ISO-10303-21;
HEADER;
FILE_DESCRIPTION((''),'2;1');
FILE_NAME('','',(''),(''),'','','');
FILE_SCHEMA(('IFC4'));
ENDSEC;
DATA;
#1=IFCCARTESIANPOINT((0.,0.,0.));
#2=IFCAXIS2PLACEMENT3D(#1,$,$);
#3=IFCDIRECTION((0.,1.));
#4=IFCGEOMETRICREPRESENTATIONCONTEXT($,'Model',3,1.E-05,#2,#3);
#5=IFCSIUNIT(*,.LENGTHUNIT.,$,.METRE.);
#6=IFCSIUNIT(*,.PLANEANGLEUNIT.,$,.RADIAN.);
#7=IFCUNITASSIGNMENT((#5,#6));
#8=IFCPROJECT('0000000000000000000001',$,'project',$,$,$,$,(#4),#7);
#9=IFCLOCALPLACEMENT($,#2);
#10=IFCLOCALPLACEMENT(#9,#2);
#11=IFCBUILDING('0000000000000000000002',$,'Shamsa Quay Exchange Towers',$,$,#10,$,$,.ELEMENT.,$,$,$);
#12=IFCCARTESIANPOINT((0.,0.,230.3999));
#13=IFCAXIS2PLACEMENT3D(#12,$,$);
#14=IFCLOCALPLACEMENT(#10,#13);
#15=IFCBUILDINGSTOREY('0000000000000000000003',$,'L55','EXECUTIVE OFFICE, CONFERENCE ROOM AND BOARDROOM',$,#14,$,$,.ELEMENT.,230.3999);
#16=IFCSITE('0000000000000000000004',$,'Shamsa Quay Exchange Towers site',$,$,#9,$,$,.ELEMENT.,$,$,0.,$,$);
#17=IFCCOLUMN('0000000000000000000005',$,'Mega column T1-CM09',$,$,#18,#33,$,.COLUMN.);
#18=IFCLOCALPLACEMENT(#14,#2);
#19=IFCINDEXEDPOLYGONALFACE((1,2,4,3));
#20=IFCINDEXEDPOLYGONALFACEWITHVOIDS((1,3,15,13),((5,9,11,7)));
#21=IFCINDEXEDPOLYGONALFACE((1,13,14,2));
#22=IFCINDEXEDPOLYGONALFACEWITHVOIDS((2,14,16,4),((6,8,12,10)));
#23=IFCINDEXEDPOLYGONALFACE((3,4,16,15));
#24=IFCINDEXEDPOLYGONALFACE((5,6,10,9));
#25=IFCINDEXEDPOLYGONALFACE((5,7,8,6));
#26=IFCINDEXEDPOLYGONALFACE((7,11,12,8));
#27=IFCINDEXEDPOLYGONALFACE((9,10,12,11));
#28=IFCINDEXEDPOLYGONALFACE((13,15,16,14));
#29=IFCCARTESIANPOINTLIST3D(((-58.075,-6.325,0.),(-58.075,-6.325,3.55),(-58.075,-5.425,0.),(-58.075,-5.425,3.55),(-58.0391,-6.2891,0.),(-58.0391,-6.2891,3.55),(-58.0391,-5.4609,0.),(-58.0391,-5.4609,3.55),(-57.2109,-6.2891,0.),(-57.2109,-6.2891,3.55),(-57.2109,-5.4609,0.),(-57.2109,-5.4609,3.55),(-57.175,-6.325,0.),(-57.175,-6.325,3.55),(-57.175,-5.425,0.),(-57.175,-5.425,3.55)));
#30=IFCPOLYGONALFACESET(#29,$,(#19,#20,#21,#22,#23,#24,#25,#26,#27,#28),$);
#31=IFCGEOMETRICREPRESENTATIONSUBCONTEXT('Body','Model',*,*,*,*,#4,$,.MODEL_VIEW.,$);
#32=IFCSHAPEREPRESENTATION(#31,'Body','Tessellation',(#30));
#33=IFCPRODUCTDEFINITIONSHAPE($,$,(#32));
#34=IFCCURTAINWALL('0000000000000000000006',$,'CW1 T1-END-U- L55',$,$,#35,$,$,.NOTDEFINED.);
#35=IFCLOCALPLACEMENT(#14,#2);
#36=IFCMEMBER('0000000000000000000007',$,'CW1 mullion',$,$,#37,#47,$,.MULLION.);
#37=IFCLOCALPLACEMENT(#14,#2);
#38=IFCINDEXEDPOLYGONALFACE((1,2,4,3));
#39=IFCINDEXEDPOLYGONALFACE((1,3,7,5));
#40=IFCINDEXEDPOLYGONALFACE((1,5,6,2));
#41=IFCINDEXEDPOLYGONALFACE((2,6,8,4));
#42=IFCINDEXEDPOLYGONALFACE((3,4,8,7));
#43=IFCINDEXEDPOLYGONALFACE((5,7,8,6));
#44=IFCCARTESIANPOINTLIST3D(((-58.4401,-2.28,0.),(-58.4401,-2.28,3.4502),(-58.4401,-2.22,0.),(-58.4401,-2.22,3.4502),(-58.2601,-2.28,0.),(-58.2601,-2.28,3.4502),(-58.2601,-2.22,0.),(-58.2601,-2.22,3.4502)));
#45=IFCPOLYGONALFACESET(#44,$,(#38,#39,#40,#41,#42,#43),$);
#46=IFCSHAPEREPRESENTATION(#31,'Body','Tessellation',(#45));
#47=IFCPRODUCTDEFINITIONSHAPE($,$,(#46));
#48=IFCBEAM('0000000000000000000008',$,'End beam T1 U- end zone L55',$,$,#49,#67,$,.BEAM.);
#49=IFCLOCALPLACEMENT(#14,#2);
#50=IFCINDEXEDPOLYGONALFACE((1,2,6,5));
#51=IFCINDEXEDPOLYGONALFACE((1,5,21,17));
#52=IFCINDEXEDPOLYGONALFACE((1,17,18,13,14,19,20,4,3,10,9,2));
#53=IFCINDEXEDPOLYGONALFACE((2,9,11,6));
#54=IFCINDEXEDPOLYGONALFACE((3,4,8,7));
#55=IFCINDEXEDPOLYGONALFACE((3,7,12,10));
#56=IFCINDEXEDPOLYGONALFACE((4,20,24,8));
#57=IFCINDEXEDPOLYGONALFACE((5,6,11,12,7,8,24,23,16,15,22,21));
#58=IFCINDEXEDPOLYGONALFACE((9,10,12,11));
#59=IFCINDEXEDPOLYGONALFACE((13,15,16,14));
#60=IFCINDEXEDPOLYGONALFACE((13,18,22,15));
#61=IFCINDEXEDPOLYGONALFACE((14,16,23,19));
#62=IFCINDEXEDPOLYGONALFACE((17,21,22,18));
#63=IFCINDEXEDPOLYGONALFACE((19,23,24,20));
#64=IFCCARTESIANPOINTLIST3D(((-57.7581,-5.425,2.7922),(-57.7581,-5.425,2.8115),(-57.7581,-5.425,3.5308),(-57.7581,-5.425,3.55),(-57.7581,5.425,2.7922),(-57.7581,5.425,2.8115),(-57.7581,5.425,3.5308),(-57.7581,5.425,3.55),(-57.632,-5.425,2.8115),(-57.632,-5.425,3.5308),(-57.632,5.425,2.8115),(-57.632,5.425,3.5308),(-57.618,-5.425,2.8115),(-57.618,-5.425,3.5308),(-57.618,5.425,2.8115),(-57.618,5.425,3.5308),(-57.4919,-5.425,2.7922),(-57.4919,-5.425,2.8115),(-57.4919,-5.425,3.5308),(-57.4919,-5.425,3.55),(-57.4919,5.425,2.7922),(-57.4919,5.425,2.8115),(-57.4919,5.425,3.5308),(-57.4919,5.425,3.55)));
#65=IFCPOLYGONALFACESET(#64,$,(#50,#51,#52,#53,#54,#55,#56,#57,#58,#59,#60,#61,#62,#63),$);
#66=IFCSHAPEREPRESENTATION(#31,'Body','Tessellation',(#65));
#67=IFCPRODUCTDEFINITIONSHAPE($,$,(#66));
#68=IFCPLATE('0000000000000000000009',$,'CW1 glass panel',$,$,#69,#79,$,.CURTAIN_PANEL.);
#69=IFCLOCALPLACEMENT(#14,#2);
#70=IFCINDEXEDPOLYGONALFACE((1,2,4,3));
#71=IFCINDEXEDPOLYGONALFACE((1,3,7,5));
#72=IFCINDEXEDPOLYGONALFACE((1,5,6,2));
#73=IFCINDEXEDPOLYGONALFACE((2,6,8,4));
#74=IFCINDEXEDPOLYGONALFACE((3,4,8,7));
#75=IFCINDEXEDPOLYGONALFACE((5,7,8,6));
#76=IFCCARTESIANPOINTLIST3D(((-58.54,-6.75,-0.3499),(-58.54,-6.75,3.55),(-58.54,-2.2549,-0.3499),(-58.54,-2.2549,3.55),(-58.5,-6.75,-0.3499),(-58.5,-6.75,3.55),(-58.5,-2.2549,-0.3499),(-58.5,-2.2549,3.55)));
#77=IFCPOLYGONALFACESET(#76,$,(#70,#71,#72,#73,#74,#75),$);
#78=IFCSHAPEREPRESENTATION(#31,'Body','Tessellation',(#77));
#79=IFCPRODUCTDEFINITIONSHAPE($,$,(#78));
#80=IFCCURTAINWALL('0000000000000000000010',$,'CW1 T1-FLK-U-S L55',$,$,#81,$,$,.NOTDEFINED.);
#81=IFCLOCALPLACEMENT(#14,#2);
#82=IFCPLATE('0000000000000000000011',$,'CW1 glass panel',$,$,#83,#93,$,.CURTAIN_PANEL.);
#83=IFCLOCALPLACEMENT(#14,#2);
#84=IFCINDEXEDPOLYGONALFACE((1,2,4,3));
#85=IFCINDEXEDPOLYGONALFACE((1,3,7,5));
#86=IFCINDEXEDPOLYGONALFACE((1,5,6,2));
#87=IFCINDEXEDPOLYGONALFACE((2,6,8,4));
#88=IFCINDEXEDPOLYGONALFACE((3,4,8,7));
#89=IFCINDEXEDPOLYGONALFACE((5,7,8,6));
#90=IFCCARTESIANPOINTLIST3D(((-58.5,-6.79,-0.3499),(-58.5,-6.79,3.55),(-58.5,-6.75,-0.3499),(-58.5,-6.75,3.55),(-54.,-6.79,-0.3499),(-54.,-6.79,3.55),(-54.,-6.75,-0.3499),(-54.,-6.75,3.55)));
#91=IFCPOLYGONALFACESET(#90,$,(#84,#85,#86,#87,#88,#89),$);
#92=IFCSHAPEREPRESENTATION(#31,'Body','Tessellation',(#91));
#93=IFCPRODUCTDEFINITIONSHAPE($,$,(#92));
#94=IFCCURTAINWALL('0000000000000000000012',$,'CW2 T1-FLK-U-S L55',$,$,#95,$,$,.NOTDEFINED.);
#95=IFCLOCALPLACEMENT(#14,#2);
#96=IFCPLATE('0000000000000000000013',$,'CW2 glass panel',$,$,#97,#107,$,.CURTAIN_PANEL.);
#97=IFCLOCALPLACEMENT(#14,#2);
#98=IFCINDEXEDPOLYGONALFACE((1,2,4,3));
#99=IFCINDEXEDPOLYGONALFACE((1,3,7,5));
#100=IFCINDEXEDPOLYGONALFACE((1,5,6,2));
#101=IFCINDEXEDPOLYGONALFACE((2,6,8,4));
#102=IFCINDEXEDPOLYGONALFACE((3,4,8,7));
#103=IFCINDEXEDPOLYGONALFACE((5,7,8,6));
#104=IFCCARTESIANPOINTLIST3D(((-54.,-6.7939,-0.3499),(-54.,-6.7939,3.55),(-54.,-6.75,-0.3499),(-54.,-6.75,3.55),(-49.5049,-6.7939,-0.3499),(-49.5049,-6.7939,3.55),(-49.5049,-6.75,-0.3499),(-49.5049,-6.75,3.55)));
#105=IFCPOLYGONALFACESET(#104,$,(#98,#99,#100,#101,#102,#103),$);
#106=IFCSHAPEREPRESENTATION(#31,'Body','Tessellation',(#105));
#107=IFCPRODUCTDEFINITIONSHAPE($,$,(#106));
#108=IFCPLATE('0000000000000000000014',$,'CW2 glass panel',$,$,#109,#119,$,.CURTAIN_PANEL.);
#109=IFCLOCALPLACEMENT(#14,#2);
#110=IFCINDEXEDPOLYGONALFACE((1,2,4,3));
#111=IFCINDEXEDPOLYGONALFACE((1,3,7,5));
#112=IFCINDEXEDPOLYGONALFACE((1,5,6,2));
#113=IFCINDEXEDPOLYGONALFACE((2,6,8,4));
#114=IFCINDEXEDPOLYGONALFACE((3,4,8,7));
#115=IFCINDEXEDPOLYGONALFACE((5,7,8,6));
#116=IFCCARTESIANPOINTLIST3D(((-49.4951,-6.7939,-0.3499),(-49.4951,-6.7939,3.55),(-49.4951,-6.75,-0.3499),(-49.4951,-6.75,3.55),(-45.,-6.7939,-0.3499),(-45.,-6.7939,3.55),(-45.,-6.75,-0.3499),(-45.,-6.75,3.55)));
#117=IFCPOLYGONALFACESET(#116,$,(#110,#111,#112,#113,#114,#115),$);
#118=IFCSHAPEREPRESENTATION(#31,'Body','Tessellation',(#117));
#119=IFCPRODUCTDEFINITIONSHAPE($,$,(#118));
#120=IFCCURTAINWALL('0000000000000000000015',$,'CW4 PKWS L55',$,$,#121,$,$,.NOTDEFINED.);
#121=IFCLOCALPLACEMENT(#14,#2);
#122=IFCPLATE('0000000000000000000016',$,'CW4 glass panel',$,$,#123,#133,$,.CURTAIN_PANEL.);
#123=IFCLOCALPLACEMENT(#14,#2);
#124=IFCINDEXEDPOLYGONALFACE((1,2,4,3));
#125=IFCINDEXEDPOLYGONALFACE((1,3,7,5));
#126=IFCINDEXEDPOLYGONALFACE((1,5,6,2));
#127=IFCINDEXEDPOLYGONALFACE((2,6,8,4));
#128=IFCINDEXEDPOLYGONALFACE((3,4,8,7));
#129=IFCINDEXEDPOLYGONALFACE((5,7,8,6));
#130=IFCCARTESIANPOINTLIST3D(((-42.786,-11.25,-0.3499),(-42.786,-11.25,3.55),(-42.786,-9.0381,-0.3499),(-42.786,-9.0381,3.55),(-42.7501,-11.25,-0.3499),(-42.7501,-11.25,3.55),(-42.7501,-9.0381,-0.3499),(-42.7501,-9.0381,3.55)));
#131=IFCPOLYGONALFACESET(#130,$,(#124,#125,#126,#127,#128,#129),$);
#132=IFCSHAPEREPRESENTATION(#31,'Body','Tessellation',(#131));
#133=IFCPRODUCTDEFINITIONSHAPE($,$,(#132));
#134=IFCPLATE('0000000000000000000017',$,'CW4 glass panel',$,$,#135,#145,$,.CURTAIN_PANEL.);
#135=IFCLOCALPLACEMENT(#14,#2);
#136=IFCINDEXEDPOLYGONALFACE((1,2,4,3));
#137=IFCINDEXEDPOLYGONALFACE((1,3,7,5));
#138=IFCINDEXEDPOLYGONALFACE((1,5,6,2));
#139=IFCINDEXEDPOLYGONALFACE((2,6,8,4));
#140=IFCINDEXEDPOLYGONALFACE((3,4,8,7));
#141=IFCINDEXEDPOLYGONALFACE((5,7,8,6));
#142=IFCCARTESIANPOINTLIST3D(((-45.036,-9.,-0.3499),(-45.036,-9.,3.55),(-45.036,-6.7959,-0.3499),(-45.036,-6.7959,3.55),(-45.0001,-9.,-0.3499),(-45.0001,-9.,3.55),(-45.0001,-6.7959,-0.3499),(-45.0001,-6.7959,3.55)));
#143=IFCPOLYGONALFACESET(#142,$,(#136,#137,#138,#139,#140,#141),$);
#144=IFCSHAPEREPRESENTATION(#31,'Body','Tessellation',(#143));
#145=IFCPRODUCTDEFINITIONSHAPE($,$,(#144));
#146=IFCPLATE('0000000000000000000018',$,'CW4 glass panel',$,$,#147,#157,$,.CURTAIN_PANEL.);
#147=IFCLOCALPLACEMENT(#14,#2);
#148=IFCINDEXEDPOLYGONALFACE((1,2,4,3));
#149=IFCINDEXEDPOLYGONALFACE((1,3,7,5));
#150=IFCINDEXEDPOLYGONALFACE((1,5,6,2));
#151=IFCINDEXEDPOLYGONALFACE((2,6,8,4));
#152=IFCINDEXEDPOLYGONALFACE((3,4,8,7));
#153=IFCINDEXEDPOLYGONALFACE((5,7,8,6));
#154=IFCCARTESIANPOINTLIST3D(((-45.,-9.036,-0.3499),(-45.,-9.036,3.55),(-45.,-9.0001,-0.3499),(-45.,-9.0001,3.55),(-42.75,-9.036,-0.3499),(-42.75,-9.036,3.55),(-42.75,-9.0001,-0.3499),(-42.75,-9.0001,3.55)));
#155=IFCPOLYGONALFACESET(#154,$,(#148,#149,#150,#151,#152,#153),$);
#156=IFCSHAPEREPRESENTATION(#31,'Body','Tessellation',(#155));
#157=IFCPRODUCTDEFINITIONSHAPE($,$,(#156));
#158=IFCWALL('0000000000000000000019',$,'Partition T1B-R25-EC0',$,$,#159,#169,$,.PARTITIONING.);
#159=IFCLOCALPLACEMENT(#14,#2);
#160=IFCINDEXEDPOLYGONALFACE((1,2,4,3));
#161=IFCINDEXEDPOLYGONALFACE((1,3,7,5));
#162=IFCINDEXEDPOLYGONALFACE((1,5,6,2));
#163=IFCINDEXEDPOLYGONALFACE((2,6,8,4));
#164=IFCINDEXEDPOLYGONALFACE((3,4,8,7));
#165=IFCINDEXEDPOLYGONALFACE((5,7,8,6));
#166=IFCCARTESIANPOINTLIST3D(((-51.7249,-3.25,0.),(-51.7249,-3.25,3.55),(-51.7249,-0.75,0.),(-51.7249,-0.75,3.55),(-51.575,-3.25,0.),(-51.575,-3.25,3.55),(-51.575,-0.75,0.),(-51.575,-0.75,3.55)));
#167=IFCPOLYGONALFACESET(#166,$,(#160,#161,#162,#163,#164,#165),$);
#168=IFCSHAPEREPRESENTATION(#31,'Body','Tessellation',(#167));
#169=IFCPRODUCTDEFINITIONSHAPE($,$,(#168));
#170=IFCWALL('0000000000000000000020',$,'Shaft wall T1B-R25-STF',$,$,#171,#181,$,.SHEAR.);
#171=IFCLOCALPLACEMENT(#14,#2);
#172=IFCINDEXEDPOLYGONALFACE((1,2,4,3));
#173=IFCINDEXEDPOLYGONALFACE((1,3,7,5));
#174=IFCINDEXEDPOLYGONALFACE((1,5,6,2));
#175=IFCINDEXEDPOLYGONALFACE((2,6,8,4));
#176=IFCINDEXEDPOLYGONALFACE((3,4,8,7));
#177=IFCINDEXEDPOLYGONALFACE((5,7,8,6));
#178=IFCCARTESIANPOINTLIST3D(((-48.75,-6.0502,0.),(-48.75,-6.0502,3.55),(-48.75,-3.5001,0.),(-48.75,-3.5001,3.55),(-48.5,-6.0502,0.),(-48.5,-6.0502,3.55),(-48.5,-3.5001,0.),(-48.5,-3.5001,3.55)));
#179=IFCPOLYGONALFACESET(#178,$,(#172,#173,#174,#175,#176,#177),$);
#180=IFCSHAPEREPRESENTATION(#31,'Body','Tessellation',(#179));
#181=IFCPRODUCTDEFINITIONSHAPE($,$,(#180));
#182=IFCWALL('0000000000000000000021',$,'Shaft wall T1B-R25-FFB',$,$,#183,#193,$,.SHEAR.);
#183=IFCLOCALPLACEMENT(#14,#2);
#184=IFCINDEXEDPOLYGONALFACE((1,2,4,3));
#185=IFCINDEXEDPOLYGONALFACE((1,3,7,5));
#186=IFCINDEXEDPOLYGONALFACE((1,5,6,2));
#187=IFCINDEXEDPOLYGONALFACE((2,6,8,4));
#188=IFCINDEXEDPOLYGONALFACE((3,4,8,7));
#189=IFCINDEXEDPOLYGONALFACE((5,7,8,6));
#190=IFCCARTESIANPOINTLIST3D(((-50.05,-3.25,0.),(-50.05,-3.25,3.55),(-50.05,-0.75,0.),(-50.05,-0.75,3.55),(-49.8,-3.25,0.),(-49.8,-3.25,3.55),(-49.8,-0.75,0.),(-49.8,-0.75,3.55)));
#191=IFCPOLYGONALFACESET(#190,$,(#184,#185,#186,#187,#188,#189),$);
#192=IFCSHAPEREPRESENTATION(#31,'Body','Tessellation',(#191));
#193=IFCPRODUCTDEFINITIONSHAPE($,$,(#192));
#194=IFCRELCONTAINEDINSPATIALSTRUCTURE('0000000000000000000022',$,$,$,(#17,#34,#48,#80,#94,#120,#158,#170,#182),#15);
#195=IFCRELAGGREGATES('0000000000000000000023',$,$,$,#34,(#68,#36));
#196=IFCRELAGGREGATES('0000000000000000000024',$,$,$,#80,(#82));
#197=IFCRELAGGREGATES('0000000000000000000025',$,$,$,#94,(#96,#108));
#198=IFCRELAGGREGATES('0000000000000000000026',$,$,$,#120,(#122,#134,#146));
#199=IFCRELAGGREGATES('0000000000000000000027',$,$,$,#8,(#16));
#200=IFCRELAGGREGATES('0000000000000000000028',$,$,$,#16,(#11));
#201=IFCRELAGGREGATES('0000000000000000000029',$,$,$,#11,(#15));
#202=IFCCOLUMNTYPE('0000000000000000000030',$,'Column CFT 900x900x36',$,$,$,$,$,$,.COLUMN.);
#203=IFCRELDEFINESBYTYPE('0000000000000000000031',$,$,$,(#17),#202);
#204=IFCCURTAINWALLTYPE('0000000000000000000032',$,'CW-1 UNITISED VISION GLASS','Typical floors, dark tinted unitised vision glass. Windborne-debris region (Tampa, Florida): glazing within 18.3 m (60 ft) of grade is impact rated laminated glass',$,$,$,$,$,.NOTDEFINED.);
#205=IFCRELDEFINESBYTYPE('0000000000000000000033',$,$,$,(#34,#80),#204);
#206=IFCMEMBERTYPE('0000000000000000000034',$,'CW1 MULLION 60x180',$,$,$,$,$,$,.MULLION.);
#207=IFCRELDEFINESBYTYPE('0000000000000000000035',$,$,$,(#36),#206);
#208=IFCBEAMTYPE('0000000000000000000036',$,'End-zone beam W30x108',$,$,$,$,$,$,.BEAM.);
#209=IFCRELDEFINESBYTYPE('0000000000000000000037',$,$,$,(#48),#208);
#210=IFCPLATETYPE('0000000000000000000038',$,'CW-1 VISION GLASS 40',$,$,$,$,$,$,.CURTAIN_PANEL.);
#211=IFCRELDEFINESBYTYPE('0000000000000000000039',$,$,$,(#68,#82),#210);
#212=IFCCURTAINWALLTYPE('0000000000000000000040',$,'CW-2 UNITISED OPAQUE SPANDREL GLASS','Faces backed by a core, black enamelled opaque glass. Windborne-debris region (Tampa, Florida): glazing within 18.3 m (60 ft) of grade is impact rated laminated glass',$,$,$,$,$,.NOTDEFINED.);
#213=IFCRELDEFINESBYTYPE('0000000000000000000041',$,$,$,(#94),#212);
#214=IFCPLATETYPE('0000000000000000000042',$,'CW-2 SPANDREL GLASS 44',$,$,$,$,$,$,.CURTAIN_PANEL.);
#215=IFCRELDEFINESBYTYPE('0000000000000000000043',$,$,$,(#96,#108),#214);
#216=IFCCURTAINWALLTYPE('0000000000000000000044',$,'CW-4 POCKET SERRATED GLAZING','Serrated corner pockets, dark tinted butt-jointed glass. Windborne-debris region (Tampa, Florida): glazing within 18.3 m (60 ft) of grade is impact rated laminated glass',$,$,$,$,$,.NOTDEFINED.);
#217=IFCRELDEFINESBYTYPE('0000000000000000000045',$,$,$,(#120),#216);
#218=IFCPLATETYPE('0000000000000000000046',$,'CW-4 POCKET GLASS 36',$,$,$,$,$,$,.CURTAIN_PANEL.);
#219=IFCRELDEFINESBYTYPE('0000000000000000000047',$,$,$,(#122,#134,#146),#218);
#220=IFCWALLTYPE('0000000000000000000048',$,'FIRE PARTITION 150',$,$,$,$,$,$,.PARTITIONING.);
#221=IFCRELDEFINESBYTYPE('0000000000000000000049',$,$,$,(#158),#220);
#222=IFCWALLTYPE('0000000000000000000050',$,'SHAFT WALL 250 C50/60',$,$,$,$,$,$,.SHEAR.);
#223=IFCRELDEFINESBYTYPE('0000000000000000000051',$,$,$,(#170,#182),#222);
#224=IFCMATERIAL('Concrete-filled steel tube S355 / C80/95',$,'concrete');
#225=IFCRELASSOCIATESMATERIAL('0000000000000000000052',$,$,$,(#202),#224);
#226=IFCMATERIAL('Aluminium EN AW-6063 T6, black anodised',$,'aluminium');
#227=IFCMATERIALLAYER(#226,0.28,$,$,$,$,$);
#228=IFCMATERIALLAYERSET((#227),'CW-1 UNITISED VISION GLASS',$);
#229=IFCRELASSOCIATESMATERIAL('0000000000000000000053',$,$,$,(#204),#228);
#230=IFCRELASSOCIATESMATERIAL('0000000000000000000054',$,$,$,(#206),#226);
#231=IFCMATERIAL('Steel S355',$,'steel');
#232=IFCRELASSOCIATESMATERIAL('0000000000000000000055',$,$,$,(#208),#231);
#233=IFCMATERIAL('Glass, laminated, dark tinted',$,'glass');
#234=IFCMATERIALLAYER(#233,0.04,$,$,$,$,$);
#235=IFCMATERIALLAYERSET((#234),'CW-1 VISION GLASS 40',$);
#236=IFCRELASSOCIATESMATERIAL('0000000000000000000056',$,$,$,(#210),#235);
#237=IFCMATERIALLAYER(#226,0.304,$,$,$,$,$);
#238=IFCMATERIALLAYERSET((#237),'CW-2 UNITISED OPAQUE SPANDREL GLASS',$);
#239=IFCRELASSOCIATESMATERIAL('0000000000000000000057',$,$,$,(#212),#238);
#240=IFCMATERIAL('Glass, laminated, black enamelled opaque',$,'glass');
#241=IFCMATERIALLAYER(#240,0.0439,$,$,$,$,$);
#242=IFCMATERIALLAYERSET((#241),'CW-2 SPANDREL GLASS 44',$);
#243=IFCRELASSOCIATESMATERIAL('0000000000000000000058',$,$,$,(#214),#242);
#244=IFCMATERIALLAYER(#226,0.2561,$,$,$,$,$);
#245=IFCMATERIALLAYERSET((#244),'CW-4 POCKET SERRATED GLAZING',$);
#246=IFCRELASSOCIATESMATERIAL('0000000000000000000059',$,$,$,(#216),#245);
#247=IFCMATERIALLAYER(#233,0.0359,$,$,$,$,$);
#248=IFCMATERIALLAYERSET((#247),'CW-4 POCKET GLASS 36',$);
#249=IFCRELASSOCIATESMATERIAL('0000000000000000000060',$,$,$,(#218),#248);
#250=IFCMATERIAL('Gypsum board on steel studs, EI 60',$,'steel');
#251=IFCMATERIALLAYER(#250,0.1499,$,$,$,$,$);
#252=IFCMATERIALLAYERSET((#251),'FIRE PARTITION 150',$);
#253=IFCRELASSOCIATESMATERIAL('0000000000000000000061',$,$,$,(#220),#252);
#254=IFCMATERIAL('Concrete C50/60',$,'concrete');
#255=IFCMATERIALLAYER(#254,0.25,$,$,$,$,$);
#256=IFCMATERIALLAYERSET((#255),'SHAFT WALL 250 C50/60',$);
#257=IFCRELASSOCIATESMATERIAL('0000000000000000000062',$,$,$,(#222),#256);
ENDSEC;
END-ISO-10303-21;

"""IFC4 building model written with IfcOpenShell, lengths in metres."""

from ifc_helpers import new_model, si_unit, direction, frame, frame_2d, origin, origin_2d, place, context, subcontext, project, spatial, rectangle, hollow_rectangle, i_section, extrude, material, layer, layer_set, material_profile, profile_set, type_object, element, aggregate, save


model = new_model("IFC4")

# Units and contexts
model_context = context("Model", 3, precision=1e-05, world=origin(), true_north=direction((0.0, 1.0)))
body_context = subcontext(model_context, "Body", "Model", "MODEL_VIEW")
ifc_project = project(units=[si_unit("LENGTHUNIT", "METRE"), si_unit("PLANEANGLEUNIT", "RADIAN")], contexts=[model_context])

# Site, building, storey
site_placement = place(None, origin())
site = spatial("IfcSite", under=ifc_project, at=site_placement, Name="Shamsa Quay Exchange Towers site", CompositionType="ELEMENT", RefElevation=0.0)
building_placement = place(site_placement, origin())
building = spatial("IfcBuilding", under=site, at=building_placement, Name="Shamsa Quay Exchange Towers", CompositionType="ELEMENT")
storey_placement = place(building_placement, frame((0.0, 0.0, 230.3999)))
storey = spatial("IfcBuildingStorey", under=building, at=storey_placement, Name="L55", Description="EXECUTIVE OFFICE, CONFERENCE ROOM AND BOARDROOM", CompositionType="ELEMENT", Elevation=230.3999)

# Column
ifc_material_1 = material(Name="Concrete-filled steel tube S355 / C80/95", Category="concrete")
ifc_material_profile_1 = material_profile(ifc_material_1, hollow_rectangle(XDim=0.8999, YDim=0.8999, WallThickness=0.0359, at=origin_2d()), Name="CFT 900x900x36")
ifc_profile_set_1 = profile_set([ifc_material_profile_1], Name="Concrete-filled steel tube S355 / C80/95")
column_type = type_object("IfcColumnType", Name="Column CFT 900x900x36", PredefinedType="COLUMN", material=ifc_profile_set_1)
column_placement = place(storey_placement, frame((-57.625, -5.875, 0.0)))
element("IfcColumn", 1, at=column_placement, inside=storey, type_object=column_type, Name="Mega column T1-CM09", PredefinedType="COLUMN", context=body_context, shape_type="SweptSolid", body=[
    extrude(hollow_rectangle(XDim=0.8999, YDim=0.8999, WallThickness=0.0359, at=origin_2d()), origin(), (0.0, 0.0, 1.0), 3.55),
])

# Curtain wall, member
ifc_material_2 = material(Name="Aluminium EN AW-6063 T6, black anodised", Category="aluminium")
ifc_layer_1 = layer(ifc_material_2, 0.28)
ifc_layer_set_1 = layer_set([ifc_layer_1], Name="CW-1 UNITISED VISION GLASS")
curtain_wall_type_1 = type_object("IfcCurtainWallType", Name="CW-1 UNITISED VISION GLASS", Description="Typical floors, dark tinted unitised vision glass. Windborne-debris region (Tampa, Florida): glazing within 18.3 m (60 ft) of grade is impact rated laminated glass", PredefinedType="NOTDEFINED", material=ifc_layer_set_1)
curtain_wall_1_placement = place(storey_placement, origin())
curtain_wall_1 = element("IfcCurtainWall", 2, at=curtain_wall_1_placement, inside=storey, type_object=curtain_wall_type_1, Name="CW1 T1-END-U- L55", PredefinedType="NOTDEFINED")
ifc_material_profile_2 = material_profile(ifc_material_2, rectangle(XDim=0.1799, YDim=0.0601, at=origin_2d()), Name="MU60x180")
ifc_profile_set_2 = profile_set([ifc_material_profile_2], Name="Aluminium EN AW-6063 T6, black anodised")
member_type = type_object("IfcMemberType", Name="CW1 MULLION 60x180", PredefinedType="MULLION", material=ifc_profile_set_2)
member_placement = place(storey_placement, frame((-58.3501, -2.25, 0.0)))
member = element("IfcMember", 3, at=member_placement, type_object=member_type, Name="CW1 mullion", PredefinedType="MULLION", context=body_context, shape_type="SweptSolid", body=[
    extrude(rectangle(XDim=0.1799, YDim=0.0601, at=origin_2d()), origin(), (0.0, 0.0, 1.0), 3.4502),
])

# Beam
ifc_material_3 = material(Name="Steel S355", Category="steel")
ifc_material_profile_3 = material_profile(ifc_material_3, i_section(OverallWidth=0.2661, OverallDepth=0.7578, WebThickness=0.0139, FlangeThickness=0.0193, at=origin_2d()), Name="W30x108")
ifc_profile_set_3 = profile_set([ifc_material_profile_3], Name="Steel S355")
beam_type = type_object("IfcBeamType", Name="End-zone beam W30x108", PredefinedType="BEAM", material=ifc_profile_set_3)
beam_placement = place(storey_placement, frame((-57.625, -5.425, 3.1711), z_axis=(0.0, 1.0, 0.0), x_axis=(-1.0, 0.0, 0.0)))
element("IfcBeam", 4, at=beam_placement, inside=storey, type_object=beam_type, Name="End beam T1 U- end zone L55", PredefinedType="BEAM", context=body_context, shape_type="SweptSolid", body=[
    extrude(i_section(OverallWidth=0.2661, OverallDepth=0.7578, WebThickness=0.0139, FlangeThickness=0.0193, at=origin_2d()), origin(), (0.0, 0.0, 1.0), 10.8501),
])

# Plate
ifc_material_4 = material(Name="Glass, laminated, dark tinted", Category="glass")
ifc_layer_2 = layer(ifc_material_4, 0.04)
ifc_layer_set_2 = layer_set([ifc_layer_2], Name="CW-1 VISION GLASS 40")
plate_type_1 = type_object("IfcPlateType", Name="CW-1 VISION GLASS 40", PredefinedType="CURTAIN_PANEL", material=ifc_layer_set_2)
plate_1_placement = place(storey_placement, frame((-58.52, -4.5024, -0.3499), z_axis=(0.0, 0.0, 1.0), x_axis=(0.0, -1.0, 0.0)))
plate_1 = element("IfcPlate", 5, at=plate_1_placement, type_object=plate_type_1, Name="CW1 glass panel", PredefinedType="CURTAIN_PANEL", context=body_context, shape_type="SweptSolid", body=[
    extrude(rectangle(XDim=4.4951, YDim=0.04, at=origin_2d()), origin(), (0.0, 0.0, 1.0), 3.8999),
])
aggregate(curtain_wall_1, [plate_1, member])

# Curtain wall, plate
curtain_wall_2_placement = place(storey_placement, origin())
curtain_wall_2 = element("IfcCurtainWall", 6, at=curtain_wall_2_placement, inside=storey, type_object=curtain_wall_type_1, Name="CW1 T1-FLK-U-S L55", PredefinedType="NOTDEFINED")
plate_2_placement = place(storey_placement, frame((-56.25, -6.77, -0.3499)))
plate_2 = element("IfcPlate", 7, at=plate_2_placement, type_object=plate_type_1, Name="CW1 glass panel", PredefinedType="CURTAIN_PANEL", context=body_context, shape_type="SweptSolid", body=[
    extrude(rectangle(XDim=4.5, YDim=0.04, at=origin_2d()), origin(), (0.0, 0.0, 1.0), 3.8999),
])
aggregate(curtain_wall_2, [plate_2])

# Curtain walls, plates
ifc_layer_3 = layer(ifc_material_2, 0.304)
ifc_layer_set_3 = layer_set([ifc_layer_3], Name="CW-2 UNITISED OPAQUE SPANDREL GLASS")
curtain_wall_type_2 = type_object("IfcCurtainWallType", Name="CW-2 UNITISED OPAQUE SPANDREL GLASS", Description="Faces backed by a core, black enamelled opaque glass. Windborne-debris region (Tampa, Florida): glazing within 18.3 m (60 ft) of grade is impact rated laminated glass", PredefinedType="NOTDEFINED", material=ifc_layer_set_3)
curtain_wall_3_placement = place(storey_placement, origin())
curtain_wall_3 = element("IfcCurtainWall", 8, at=curtain_wall_3_placement, inside=storey, type_object=curtain_wall_type_2, Name="CW2 T1-FLK-U-S L55", PredefinedType="NOTDEFINED")
ifc_material_5 = material(Name="Glass, laminated, black enamelled opaque", Category="glass")
ifc_layer_4 = layer(ifc_material_5, 0.0439)
ifc_layer_set_4 = layer_set([ifc_layer_4], Name="CW-2 SPANDREL GLASS 44")
plate_type_2 = type_object("IfcPlateType", Name="CW-2 SPANDREL GLASS 44", PredefinedType="CURTAIN_PANEL", material=ifc_layer_set_4)
plate_3_placement = place(storey_placement, frame((-51.7524, -6.772, -0.3499)))
plate_3 = element("IfcPlate", 9, at=plate_3_placement, type_object=plate_type_2, Name="CW2 glass panel", PredefinedType="CURTAIN_PANEL", context=body_context, shape_type="SweptSolid", body=[
    extrude(rectangle(XDim=4.4951, YDim=0.0439, at=origin_2d()), origin(), (0.0, 0.0, 1.0), 3.8999),
])
plate_4_placement = place(storey_placement, frame((-47.2476, -6.772, -0.3499)))
plate_4 = element("IfcPlate", 10, at=plate_4_placement, type_object=plate_type_2, Name="CW2 glass panel", PredefinedType="CURTAIN_PANEL", context=body_context, shape_type="SweptSolid", body=[
    extrude(rectangle(XDim=4.4951, YDim=0.0439, at=origin_2d()), origin(), (0.0, 0.0, 1.0), 3.8999),
])
aggregate(curtain_wall_3, [plate_3, plate_4])
ifc_layer_5 = layer(ifc_material_2, 0.2561)
ifc_layer_set_5 = layer_set([ifc_layer_5], Name="CW-4 POCKET SERRATED GLAZING")
curtain_wall_type_3 = type_object("IfcCurtainWallType", Name="CW-4 POCKET SERRATED GLAZING", Description="Serrated corner pockets, dark tinted butt-jointed glass. Windborne-debris region (Tampa, Florida): glazing within 18.3 m (60 ft) of grade is impact rated laminated glass", PredefinedType="NOTDEFINED", material=ifc_layer_set_5)
curtain_wall_4_placement = place(storey_placement, origin())
curtain_wall_4 = element("IfcCurtainWall", 11, at=curtain_wall_4_placement, inside=storey, type_object=curtain_wall_type_3, Name="CW4 PKWS L55", PredefinedType="NOTDEFINED")
ifc_layer_6 = layer(ifc_material_4, 0.0359)
ifc_layer_set_6 = layer_set([ifc_layer_6], Name="CW-4 POCKET GLASS 36")
plate_type_3 = type_object("IfcPlateType", Name="CW-4 POCKET GLASS 36", PredefinedType="CURTAIN_PANEL", material=ifc_layer_set_6)
plate_5_placement = place(storey_placement, frame((-42.7681, -10.144, -0.3499), z_axis=(0.0, 0.0, 1.0), x_axis=(0.0, -1.0, 0.0)))
plate_5 = element("IfcPlate", 12, at=plate_5_placement, type_object=plate_type_3, Name="CW4 glass panel", PredefinedType="CURTAIN_PANEL", context=body_context, shape_type="SweptSolid", body=[
    extrude(rectangle(XDim=2.2119, YDim=0.0359, at=origin_2d()), origin(), (0.0, 0.0, 1.0), 3.8999),
])
plate_6_placement = place(storey_placement, frame((-45.0181, -7.8979, -0.3499), z_axis=(0.0, 0.0, 1.0), x_axis=(0.0, -1.0, 0.0)))
plate_6 = element("IfcPlate", 13, at=plate_6_placement, type_object=plate_type_3, Name="CW4 glass panel", PredefinedType="CURTAIN_PANEL", context=body_context, shape_type="SweptSolid", body=[
    extrude(rectangle(XDim=2.2041, YDim=0.0359, at=origin_2d()), origin(), (0.0, 0.0, 1.0), 3.8999),
])
plate_7_placement = place(storey_placement, frame((-43.875, -9.0181, -0.3499)))
plate_7 = element("IfcPlate", 14, at=plate_7_placement, type_object=plate_type_3, Name="CW4 glass panel", PredefinedType="CURTAIN_PANEL", context=body_context, shape_type="SweptSolid", body=[
    extrude(rectangle(XDim=2.25, YDim=0.0359, at=origin_2d()), origin(), (0.0, 0.0, 1.0), 3.8999),
])
aggregate(curtain_wall_4, [plate_5, plate_6, plate_7])

# Walls
ifc_material_6 = material(Name="Gypsum board on steel studs, EI 60", Category="steel")
ifc_layer_7 = layer(ifc_material_6, 0.1499)
ifc_layer_set_7 = layer_set([ifc_layer_7], Name="FIRE PARTITION 150")
wall_type_1 = type_object("IfcWallType", Name="FIRE PARTITION 150", PredefinedType="PARTITIONING", material=ifc_layer_set_7)
wall_1_placement = place(storey_placement, frame((-51.6499, -3.25, 0.0), z_axis=(0.0, 0.0, 1.0), x_axis=(0.0, 1.0, 0.0)))
element("IfcWall", 15, at=wall_1_placement, inside=storey, type_object=wall_type_1, Name="Partition T1B-R25-EC0", PredefinedType="PARTITIONING", context=body_context, shape_type="SweptSolid", body=[
    extrude(rectangle(XDim=2.5, YDim=0.1499, at=frame_2d((1.25, 0.0))), origin(), (0.0, 0.0, 1.0), 3.55),
])
ifc_material_7 = material(Name="Concrete C50/60", Category="concrete")
ifc_layer_8 = layer(ifc_material_7, 0.25)
ifc_layer_set_8 = layer_set([ifc_layer_8], Name="SHAFT WALL 250 C50/60")
wall_type_2 = type_object("IfcWallType", Name="SHAFT WALL 250 C50/60", PredefinedType="SHEAR", material=ifc_layer_set_8)
wall_2_placement = place(storey_placement, frame((-48.625, -6.05, 0.0), z_axis=(0.0, 0.0, 1.0), x_axis=(0.0, 1.0, 0.0)))
element("IfcWall", 16, at=wall_2_placement, inside=storey, type_object=wall_type_2, Name="Shaft wall T1B-R25-STF", PredefinedType="SHEAR", context=body_context, shape_type="SweptSolid", body=[
    extrude(rectangle(XDim=2.55, YDim=0.25, at=frame_2d((1.2749, 0.0))), origin(), (0.0, 0.0, 1.0), 3.55),
])

# Wall
wall_3_placement = place(storey_placement, frame((-49.925, -3.25, 0.0), z_axis=(0.0, 0.0, 1.0), x_axis=(0.0, 1.0, 0.0)))
element("IfcWall", 17, at=wall_3_placement, inside=storey, type_object=wall_type_2, Name="Shaft wall T1B-R25-FFB", PredefinedType="SHEAR", context=body_context, shape_type="SweptSolid", body=[
    extrude(rectangle(XDim=2.5, YDim=0.25, at=frame_2d((1.25, 0.0))), origin(), (0.0, 0.0, 1.0), 3.55),
])

save(model, "model.ifc")
